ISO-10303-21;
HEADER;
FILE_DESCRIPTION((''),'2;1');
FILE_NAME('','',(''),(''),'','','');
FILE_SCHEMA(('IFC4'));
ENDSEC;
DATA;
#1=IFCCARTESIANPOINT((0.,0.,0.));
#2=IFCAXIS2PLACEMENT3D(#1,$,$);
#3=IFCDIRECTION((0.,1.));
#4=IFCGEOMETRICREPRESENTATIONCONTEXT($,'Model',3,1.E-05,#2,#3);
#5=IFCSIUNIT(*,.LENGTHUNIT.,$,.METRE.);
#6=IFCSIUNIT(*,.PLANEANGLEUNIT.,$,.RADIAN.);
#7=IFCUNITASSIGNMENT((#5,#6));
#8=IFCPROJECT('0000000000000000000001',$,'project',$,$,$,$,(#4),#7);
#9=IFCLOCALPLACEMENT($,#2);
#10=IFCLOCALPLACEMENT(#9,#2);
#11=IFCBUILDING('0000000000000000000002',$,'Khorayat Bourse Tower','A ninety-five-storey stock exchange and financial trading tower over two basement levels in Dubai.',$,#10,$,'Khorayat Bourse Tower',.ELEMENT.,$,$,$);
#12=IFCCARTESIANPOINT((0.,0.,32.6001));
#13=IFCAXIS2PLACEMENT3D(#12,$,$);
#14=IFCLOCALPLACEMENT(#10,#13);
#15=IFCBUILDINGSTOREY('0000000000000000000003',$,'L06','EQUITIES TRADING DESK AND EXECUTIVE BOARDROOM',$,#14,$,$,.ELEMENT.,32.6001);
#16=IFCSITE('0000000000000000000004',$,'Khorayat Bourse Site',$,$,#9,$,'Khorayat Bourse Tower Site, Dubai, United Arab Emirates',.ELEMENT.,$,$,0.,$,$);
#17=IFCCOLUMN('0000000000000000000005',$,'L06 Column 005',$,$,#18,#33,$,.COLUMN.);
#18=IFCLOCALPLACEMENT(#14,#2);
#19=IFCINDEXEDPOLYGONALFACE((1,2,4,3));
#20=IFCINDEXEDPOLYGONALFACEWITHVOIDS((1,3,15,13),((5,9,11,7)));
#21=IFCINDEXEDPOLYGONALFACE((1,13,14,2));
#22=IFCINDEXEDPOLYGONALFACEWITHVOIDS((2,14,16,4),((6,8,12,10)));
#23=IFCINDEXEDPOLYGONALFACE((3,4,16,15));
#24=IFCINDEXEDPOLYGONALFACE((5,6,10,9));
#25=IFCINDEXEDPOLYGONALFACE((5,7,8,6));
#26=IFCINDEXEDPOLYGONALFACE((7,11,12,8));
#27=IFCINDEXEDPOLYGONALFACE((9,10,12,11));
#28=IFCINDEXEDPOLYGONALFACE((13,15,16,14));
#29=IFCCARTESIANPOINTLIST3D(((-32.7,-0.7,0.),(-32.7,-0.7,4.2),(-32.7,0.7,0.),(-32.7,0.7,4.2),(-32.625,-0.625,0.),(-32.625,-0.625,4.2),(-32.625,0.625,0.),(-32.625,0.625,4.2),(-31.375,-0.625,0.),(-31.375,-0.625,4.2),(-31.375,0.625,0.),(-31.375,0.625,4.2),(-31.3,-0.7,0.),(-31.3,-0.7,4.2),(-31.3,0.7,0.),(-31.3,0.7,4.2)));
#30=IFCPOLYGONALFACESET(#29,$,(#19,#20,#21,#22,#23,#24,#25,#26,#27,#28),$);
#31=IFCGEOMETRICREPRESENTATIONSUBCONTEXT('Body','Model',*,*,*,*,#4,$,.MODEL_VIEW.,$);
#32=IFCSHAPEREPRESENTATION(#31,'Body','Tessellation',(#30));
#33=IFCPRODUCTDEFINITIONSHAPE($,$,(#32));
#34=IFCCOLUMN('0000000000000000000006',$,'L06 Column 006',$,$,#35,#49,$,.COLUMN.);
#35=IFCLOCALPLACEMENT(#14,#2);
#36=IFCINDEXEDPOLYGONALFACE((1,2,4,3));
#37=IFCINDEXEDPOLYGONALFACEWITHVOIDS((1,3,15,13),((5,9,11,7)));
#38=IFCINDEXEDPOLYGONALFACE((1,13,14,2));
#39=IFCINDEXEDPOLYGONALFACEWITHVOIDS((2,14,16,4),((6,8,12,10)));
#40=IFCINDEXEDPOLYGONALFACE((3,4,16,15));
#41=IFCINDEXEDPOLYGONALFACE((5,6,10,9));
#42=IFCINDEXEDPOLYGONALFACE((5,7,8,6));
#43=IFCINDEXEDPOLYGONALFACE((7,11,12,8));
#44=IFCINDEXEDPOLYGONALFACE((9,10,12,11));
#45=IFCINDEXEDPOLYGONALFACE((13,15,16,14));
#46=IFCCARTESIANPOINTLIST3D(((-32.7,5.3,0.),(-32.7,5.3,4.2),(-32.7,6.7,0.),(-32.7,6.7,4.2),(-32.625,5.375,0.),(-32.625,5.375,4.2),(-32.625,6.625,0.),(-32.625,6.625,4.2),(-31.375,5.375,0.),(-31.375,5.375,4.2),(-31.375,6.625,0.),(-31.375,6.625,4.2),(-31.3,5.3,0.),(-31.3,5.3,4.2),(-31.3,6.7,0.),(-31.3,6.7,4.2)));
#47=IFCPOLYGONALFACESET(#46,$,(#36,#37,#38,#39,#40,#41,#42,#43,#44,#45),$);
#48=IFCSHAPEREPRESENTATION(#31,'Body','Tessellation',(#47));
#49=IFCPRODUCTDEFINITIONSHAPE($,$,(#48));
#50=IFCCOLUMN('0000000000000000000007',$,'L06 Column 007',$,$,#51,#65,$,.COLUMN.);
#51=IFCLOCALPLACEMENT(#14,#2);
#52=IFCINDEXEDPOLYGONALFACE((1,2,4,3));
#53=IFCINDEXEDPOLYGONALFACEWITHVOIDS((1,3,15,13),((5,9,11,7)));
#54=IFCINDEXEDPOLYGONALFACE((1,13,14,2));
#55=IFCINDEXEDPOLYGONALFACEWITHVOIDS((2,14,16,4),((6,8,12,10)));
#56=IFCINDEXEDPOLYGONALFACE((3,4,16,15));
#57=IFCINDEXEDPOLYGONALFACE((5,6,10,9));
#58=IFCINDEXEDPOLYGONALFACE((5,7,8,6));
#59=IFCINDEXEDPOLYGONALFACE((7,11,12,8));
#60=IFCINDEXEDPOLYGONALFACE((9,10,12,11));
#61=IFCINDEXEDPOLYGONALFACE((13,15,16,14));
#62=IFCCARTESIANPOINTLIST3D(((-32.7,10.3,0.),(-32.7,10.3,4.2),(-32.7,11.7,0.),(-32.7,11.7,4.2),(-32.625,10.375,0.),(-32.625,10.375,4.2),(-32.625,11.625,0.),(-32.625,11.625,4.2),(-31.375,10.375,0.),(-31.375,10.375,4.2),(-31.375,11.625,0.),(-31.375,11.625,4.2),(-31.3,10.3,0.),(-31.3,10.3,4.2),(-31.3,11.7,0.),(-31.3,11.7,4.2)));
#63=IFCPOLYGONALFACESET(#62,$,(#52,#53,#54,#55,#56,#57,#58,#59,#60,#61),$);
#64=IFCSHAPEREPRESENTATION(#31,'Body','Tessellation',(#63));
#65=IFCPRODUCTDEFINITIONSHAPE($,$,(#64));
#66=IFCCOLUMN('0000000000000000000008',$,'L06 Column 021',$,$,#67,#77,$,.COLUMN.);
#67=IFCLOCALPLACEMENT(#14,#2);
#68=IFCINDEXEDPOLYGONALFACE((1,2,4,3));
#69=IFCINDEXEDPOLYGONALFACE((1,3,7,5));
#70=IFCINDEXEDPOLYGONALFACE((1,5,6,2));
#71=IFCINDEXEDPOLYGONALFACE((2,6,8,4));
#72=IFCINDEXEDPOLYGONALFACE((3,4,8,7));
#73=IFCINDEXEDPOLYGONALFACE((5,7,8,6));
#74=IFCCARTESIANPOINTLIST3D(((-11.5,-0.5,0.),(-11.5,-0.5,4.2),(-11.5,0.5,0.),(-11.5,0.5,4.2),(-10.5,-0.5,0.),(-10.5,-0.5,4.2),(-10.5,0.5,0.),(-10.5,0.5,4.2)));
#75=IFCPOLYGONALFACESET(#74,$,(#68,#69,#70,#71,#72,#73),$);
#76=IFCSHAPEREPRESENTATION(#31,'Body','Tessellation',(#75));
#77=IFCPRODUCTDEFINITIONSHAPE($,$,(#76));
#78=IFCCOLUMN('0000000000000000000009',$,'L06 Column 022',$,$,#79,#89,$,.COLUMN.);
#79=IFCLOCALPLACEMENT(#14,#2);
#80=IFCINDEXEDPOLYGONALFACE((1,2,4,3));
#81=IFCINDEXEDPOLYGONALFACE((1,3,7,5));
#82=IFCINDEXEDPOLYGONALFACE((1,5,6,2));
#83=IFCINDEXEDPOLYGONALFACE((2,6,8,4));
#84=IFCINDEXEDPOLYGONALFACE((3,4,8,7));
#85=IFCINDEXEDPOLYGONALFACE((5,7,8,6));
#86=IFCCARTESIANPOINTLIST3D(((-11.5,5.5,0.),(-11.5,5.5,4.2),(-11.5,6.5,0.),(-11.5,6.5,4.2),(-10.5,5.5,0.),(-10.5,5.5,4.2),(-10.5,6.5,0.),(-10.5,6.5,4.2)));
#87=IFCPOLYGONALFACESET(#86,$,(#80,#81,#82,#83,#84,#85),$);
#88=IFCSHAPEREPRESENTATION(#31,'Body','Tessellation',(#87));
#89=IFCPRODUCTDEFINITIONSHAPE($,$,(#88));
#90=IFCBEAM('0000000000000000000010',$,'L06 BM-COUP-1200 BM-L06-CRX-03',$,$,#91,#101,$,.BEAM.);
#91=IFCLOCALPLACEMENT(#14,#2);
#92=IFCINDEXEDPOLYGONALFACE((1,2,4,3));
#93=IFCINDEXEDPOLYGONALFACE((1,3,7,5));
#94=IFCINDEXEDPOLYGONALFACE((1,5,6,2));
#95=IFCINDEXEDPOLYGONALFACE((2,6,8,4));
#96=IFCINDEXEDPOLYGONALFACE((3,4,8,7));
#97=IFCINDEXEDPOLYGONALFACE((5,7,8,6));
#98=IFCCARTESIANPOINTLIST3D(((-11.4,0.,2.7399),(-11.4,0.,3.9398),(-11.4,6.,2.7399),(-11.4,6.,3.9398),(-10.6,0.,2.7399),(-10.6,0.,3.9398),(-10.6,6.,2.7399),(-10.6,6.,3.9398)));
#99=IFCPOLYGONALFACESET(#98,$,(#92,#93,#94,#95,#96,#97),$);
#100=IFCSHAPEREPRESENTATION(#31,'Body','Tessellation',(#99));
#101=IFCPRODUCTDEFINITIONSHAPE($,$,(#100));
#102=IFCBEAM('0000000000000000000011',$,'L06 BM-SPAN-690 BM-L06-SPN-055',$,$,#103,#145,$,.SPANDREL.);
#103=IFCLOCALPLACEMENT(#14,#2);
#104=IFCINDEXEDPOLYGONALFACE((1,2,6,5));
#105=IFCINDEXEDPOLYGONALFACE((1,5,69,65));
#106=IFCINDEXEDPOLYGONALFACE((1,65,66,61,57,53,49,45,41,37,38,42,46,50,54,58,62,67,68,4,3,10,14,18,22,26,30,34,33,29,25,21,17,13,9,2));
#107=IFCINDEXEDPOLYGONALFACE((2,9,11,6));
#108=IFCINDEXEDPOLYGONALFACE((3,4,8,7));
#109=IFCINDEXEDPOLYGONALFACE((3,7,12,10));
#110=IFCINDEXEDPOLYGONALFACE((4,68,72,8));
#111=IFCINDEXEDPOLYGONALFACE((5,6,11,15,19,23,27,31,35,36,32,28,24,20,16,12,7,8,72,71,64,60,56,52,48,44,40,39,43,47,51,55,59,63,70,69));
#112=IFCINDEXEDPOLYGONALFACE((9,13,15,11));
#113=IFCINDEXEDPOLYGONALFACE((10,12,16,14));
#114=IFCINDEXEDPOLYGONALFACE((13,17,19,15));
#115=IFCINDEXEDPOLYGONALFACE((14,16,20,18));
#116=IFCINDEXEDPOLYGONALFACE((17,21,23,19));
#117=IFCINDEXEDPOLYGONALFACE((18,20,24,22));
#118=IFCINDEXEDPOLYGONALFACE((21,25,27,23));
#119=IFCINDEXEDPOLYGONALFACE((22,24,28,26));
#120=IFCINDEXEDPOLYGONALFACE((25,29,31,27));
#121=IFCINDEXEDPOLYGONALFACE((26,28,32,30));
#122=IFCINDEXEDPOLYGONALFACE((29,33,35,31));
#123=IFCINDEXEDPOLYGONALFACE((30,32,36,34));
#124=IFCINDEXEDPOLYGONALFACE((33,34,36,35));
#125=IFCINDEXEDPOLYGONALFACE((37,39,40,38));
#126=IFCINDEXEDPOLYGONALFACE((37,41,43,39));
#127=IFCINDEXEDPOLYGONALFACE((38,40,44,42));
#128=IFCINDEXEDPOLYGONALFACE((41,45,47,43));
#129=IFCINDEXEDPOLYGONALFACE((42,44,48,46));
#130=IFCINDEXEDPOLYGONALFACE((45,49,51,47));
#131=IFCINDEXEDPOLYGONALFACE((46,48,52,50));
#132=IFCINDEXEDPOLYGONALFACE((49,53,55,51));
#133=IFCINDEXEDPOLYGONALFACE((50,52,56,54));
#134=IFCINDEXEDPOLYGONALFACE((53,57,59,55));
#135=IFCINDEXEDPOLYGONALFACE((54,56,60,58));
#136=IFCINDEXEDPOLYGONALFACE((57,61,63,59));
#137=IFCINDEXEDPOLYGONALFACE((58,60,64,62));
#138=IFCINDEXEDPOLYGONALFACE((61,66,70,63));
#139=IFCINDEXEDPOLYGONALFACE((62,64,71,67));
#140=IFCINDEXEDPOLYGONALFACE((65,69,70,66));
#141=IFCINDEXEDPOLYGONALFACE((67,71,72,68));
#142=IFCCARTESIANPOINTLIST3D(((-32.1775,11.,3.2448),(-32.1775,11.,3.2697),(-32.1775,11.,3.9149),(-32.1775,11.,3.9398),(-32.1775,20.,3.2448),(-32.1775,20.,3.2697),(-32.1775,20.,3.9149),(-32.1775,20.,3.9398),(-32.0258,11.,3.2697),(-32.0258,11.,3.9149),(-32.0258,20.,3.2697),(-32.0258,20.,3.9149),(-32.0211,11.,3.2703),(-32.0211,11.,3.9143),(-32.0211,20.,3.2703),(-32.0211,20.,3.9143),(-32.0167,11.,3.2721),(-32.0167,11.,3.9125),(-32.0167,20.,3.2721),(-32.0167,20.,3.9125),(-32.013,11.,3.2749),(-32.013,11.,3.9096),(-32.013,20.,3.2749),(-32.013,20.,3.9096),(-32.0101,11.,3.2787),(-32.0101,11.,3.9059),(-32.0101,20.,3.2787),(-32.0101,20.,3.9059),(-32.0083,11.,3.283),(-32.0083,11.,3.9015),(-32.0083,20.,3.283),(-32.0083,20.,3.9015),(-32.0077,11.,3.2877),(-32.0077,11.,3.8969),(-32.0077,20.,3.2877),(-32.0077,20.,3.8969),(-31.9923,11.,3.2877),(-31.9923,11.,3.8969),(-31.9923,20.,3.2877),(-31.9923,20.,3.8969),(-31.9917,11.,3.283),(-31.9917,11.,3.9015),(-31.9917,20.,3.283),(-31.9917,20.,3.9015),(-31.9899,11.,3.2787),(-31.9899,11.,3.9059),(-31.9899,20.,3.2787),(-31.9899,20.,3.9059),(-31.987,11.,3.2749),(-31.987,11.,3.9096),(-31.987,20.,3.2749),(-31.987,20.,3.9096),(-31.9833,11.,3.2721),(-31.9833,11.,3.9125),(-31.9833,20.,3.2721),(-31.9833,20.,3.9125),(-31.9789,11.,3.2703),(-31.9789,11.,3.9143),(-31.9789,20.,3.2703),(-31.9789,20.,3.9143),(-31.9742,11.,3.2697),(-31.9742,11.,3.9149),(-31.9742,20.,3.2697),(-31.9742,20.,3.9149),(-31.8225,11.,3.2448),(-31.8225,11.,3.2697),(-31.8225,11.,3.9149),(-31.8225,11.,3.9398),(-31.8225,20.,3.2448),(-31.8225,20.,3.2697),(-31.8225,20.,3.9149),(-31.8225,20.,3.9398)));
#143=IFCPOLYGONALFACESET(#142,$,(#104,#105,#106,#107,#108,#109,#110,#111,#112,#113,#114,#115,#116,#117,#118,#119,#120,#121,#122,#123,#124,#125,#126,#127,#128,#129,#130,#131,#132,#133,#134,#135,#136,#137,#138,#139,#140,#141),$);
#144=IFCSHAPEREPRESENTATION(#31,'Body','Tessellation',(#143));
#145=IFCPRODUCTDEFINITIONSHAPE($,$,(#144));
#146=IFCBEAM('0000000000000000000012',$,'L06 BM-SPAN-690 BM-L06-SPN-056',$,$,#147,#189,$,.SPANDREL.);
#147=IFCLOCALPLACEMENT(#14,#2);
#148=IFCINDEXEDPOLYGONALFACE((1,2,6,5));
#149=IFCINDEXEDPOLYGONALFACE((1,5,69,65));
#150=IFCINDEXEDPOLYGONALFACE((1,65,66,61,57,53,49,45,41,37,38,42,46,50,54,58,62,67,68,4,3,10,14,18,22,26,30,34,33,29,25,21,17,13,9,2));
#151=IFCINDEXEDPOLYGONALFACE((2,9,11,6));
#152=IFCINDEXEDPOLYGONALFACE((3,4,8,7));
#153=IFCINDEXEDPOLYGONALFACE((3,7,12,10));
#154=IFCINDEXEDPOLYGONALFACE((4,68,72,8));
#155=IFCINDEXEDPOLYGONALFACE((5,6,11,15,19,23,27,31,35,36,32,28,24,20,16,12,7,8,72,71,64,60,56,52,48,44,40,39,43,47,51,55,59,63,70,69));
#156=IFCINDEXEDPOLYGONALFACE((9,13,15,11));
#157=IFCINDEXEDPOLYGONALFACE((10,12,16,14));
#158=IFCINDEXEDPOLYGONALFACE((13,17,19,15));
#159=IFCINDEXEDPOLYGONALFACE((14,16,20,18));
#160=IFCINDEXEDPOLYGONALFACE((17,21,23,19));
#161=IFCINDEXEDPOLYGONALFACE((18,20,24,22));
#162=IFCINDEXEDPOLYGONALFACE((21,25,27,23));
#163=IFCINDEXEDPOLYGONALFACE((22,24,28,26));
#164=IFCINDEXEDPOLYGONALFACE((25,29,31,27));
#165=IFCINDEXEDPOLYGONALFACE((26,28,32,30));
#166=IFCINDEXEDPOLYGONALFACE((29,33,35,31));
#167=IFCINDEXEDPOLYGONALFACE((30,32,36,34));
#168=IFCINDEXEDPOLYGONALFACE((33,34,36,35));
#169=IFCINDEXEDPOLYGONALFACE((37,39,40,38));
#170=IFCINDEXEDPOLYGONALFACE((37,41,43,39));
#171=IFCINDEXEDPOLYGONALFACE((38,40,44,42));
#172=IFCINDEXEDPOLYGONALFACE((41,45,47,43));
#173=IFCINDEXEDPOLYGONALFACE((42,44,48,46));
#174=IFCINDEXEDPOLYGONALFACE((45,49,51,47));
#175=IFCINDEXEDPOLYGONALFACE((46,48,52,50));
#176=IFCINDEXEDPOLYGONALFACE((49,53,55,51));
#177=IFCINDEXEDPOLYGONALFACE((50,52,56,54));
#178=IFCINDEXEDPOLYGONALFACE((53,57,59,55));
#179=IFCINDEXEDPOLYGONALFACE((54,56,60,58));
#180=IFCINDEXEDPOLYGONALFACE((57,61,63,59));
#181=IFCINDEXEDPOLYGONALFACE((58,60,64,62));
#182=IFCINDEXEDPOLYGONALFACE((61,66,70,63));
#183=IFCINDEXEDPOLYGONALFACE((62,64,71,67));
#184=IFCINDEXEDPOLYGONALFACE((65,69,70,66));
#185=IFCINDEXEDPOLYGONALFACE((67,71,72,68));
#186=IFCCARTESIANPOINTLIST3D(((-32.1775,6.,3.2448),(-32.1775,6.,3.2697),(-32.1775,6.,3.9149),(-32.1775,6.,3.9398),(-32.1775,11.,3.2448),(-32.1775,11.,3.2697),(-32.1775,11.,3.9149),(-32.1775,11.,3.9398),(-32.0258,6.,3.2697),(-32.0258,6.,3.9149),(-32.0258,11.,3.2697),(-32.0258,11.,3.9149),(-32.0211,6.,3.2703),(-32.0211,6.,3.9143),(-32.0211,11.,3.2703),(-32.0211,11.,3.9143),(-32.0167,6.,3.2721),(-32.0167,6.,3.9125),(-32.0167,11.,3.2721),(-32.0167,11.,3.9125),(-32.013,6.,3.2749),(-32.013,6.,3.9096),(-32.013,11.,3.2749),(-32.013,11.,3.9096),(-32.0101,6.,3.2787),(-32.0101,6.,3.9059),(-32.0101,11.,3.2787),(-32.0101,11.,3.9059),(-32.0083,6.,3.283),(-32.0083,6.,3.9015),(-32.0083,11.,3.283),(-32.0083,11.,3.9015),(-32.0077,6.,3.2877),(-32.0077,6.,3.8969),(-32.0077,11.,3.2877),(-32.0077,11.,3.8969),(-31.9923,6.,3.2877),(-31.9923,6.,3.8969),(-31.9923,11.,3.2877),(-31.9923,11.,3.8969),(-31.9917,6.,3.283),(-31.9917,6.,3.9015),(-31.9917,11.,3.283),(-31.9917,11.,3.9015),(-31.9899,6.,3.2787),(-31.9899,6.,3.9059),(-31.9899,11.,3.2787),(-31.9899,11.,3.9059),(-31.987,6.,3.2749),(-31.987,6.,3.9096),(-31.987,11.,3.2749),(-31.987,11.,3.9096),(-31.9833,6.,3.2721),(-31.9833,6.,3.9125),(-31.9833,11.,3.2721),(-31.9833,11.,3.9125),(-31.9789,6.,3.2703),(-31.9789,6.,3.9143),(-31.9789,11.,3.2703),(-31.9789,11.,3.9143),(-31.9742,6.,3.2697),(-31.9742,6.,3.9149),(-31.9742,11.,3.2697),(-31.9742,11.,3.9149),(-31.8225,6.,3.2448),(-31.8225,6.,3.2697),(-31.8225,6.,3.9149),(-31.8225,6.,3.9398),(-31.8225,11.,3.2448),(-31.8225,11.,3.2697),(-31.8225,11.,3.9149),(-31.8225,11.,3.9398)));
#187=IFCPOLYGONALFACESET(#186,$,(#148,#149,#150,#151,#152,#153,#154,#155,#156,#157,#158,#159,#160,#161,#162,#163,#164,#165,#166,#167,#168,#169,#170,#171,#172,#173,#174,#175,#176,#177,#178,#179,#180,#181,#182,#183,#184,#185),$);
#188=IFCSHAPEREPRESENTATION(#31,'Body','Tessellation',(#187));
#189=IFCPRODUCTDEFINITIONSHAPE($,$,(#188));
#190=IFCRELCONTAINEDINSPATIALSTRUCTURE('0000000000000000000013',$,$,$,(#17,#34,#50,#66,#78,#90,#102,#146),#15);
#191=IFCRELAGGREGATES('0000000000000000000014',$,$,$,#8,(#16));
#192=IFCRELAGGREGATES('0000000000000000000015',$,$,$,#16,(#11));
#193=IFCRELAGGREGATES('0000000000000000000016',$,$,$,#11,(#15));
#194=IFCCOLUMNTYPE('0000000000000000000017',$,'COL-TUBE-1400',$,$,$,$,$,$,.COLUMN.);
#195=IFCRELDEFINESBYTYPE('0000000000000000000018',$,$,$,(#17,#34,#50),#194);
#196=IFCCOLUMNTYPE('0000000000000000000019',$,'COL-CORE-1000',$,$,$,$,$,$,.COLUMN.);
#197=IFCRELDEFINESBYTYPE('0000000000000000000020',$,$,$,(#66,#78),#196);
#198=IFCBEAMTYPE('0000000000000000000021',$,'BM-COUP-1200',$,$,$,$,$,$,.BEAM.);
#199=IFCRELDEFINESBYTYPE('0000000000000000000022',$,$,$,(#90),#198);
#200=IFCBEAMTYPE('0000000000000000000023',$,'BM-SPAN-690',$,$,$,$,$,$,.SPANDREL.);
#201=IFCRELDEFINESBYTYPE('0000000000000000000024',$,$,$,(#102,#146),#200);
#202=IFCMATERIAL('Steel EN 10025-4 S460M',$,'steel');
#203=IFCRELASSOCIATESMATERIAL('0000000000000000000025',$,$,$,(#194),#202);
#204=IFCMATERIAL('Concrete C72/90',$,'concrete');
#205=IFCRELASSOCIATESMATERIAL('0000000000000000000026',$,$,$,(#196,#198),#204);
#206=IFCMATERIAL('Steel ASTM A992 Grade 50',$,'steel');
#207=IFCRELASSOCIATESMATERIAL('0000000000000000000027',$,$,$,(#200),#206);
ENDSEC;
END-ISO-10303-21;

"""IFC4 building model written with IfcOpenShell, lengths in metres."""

from ifc_helpers import new_model, si_unit, direction, frame, origin, origin_2d, place, context, subcontext, project, spatial, rectangle, hollow_rectangle, i_section, extrude, source, transform, mapped, material, material_profile, profile_set, type_object, element, save


model = new_model("IFC4")

# Units and contexts
model_context = context("Model", 3, precision=1e-05, world=origin(), true_north=direction((0.0, 1.0)))
body_context = subcontext(model_context, "Body", "Model", "MODEL_VIEW")
ifc_project = project(units=[si_unit("LENGTHUNIT", "METRE"), si_unit("PLANEANGLEUNIT", "RADIAN")], contexts=[model_context])

# Site, building, storey
site_placement = place(None, origin())
site = spatial("IfcSite", under=ifc_project, at=site_placement, Name="Khorayat Bourse Site", LongName="Khorayat Bourse Tower Site, Dubai, United Arab Emirates", CompositionType="ELEMENT", RefElevation=0.0)
building_placement = place(site_placement, origin())
building = spatial("IfcBuilding", under=site, at=building_placement, Name="Khorayat Bourse Tower", Description="A ninety-five-storey stock exchange and financial trading tower over two basement levels in Dubai.", LongName="Khorayat Bourse Tower", CompositionType="ELEMENT")
storey_placement = place(building_placement, frame((0.0, 0.0, 32.6001)))
storey = spatial("IfcBuildingStorey", under=building, at=storey_placement, Name="L06", Description="EQUITIES TRADING DESK AND EXECUTIVE BOARDROOM", CompositionType="ELEMENT", Elevation=32.6001)

# Columns
ifc_material_1 = material(Name="Steel EN 10025-4 S460M", Category="steel")
ifc_material_profile_1 = material_profile(ifc_material_1, hollow_rectangle(XDim=1.3999, YDim=1.3999, WallThickness=0.075, at=origin_2d()), Name="BOX 1400x1400x75")
ifc_profile_set_1 = profile_set([ifc_material_profile_1], Name="Steel EN 10025-4 S460M")
column_type_1 = type_object("IfcColumnType", Name="COL-TUBE-1400", PredefinedType="COLUMN", material=ifc_profile_set_1)
shared_shape_1 = source(origin(), body_context, "Body", "SweptSolid", [
    extrude(hollow_rectangle(XDim=1.3999, YDim=1.3999, WallThickness=0.075, at=origin_2d()), origin(), (0.0, 0.0, 1.0), 4.2),
])
for number, where, z_axis, x_axis, name in (
    (1, (-32.0, 0.0, 0.0), (0.0, 0.0, 1.0), (1.0, 0.0, 0.0), "L06 Column 005"),
    (2, (-32.0, 6.0, 0.0), (0.0, 0.0, 1.0), (1.0, 0.0, 0.0), "L06 Column 006"),
    (3, (-32.0, 11.0, 0.0), (0.0, 0.0, 1.0), (1.0, 0.0, 0.0), "L06 Column 007"),
):
    element("IfcColumn", number, at=place(storey_placement, frame(where, z_axis=z_axis, x_axis=x_axis)), inside=storey, type_object=column_type_1, Name=name, PredefinedType="COLUMN", context=body_context, shape_type="MappedRepresentation", body=[
        mapped(shared_shape_1, transform((0.0, 0.0, 0.0), scale=1.0)),
    ])
ifc_material_2 = material(Name="Concrete C72/90", Category="concrete")
ifc_material_profile_2 = material_profile(ifc_material_2, rectangle(XDim=1.0, YDim=1.0, at=origin_2d()), Name="RC 1000x1000")
ifc_profile_set_2 = profile_set([ifc_material_profile_2], Name="Concrete C72/90")
column_type_2 = type_object("IfcColumnType", Name="COL-CORE-1000", PredefinedType="COLUMN", material=ifc_profile_set_2)
shared_shape_2 = source(origin(), body_context, "Body", "SweptSolid", [
    extrude(rectangle(XDim=1.0, YDim=1.0, at=origin_2d()), origin(), (0.0, 0.0, 1.0), 4.2),
])
for number, where, z_axis, x_axis, name in (
    (4, (-11.0, 0.0, 0.0), (0.0, 0.0, 1.0), (1.0, 0.0, 0.0), "L06 Column 021"),
    (5, (-11.0, 6.0, 0.0), (0.0, 0.0, 1.0), (1.0, 0.0, 0.0), "L06 Column 022"),
):
    element("IfcColumn", number, at=place(storey_placement, frame(where, z_axis=z_axis, x_axis=x_axis)), inside=storey, type_object=column_type_2, Name=name, PredefinedType="COLUMN", context=body_context, shape_type="MappedRepresentation", body=[
        mapped(shared_shape_2, transform((0.0, 0.0, 0.0), scale=1.0)),
    ])

# Beams
ifc_material_profile_3 = material_profile(ifc_material_2, rectangle(XDim=0.8, YDim=1.2, at=origin_2d()), Name="RC 800x1200")
ifc_profile_set_3 = profile_set([ifc_material_profile_3], Name="Concrete C72/90")
beam_type_1 = type_object("IfcBeamType", Name="BM-COUP-1200", PredefinedType="BEAM", material=ifc_profile_set_3)
shared_shape_3 = source(origin(), body_context, "Body", "SweptSolid", [
    extrude(rectangle(XDim=0.8, YDim=1.2, at=origin_2d()), origin(), (0.0, 0.0, 1.0), 6.0),
])
beam_1_placement = place(storey_placement, frame((-11.0, 0.0, 3.3398), z_axis=(0.0, 1.0, 0.0), x_axis=(-1.0, 0.0, 0.0)))
element("IfcBeam", 6, at=beam_1_placement, inside=storey, type_object=beam_type_1, Name="L06 BM-COUP-1200 BM-L06-CRX-03", PredefinedType="BEAM", context=body_context, shape_type="MappedRepresentation", body=[
    mapped(shared_shape_3, transform((0.0, 0.0, 0.0), scale=1.0)),
])
ifc_material_3 = material(Name="Steel ASTM A992 Grade 50", Category="steel")
ifc_material_profile_4 = material_profile(ifc_material_3, i_section(OverallWidth=0.355, OverallDepth=0.6951, WebThickness=0.0154, FlangeThickness=0.0249, FilletRadius=0.0181, at=origin_2d()), Name="W690X217")
ifc_profile_set_4 = profile_set([ifc_material_profile_4], Name="Steel ASTM A992 Grade 50")
beam_type_2 = type_object("IfcBeamType", Name="BM-SPAN-690", PredefinedType="SPANDREL", material=ifc_profile_set_4)
shared_shape_4 = source(origin(), body_context, "Body", "SweptSolid", [
    extrude(i_section(OverallWidth=0.355, OverallDepth=0.6951, WebThickness=0.0154, FlangeThickness=0.0249, FilletRadius=0.0181, at=origin_2d()), origin(), (0.0, 0.0, 1.0), 9.0),
])
beam_2_placement = place(storey_placement, frame((-32.0, 11.0, 3.5923), z_axis=(0.0, 1.0, 0.0), x_axis=(-1.0, 0.0, 0.0)))
element("IfcBeam", 7, at=beam_2_placement, inside=storey, type_object=beam_type_2, Name="L06 BM-SPAN-690 BM-L06-SPN-055", PredefinedType="SPANDREL", context=body_context, shape_type="MappedRepresentation", body=[
    mapped(shared_shape_4, transform((0.0, 0.0, 0.0), scale=1.0)),
])
shared_shape_5 = source(origin(), body_context, "Body", "SweptSolid", [
    extrude(i_section(OverallWidth=0.355, OverallDepth=0.6951, WebThickness=0.0154, FlangeThickness=0.0249, FilletRadius=0.0181, at=origin_2d()), origin(), (0.0, 0.0, 1.0), 5.0),
])
beam_3_placement = place(storey_placement, frame((-32.0, 6.0, 3.5923), z_axis=(0.0, 1.0, 0.0), x_axis=(-1.0, 0.0, 0.0)))
element("IfcBeam", 8, at=beam_3_placement, inside=storey, type_object=beam_type_2, Name="L06 BM-SPAN-690 BM-L06-SPN-056", PredefinedType="SPANDREL", context=body_context, shape_type="MappedRepresentation", body=[
    mapped(shared_shape_5, transform((0.0, 0.0, 0.0), scale=1.0)),
])

save(model, "model.ifc")
